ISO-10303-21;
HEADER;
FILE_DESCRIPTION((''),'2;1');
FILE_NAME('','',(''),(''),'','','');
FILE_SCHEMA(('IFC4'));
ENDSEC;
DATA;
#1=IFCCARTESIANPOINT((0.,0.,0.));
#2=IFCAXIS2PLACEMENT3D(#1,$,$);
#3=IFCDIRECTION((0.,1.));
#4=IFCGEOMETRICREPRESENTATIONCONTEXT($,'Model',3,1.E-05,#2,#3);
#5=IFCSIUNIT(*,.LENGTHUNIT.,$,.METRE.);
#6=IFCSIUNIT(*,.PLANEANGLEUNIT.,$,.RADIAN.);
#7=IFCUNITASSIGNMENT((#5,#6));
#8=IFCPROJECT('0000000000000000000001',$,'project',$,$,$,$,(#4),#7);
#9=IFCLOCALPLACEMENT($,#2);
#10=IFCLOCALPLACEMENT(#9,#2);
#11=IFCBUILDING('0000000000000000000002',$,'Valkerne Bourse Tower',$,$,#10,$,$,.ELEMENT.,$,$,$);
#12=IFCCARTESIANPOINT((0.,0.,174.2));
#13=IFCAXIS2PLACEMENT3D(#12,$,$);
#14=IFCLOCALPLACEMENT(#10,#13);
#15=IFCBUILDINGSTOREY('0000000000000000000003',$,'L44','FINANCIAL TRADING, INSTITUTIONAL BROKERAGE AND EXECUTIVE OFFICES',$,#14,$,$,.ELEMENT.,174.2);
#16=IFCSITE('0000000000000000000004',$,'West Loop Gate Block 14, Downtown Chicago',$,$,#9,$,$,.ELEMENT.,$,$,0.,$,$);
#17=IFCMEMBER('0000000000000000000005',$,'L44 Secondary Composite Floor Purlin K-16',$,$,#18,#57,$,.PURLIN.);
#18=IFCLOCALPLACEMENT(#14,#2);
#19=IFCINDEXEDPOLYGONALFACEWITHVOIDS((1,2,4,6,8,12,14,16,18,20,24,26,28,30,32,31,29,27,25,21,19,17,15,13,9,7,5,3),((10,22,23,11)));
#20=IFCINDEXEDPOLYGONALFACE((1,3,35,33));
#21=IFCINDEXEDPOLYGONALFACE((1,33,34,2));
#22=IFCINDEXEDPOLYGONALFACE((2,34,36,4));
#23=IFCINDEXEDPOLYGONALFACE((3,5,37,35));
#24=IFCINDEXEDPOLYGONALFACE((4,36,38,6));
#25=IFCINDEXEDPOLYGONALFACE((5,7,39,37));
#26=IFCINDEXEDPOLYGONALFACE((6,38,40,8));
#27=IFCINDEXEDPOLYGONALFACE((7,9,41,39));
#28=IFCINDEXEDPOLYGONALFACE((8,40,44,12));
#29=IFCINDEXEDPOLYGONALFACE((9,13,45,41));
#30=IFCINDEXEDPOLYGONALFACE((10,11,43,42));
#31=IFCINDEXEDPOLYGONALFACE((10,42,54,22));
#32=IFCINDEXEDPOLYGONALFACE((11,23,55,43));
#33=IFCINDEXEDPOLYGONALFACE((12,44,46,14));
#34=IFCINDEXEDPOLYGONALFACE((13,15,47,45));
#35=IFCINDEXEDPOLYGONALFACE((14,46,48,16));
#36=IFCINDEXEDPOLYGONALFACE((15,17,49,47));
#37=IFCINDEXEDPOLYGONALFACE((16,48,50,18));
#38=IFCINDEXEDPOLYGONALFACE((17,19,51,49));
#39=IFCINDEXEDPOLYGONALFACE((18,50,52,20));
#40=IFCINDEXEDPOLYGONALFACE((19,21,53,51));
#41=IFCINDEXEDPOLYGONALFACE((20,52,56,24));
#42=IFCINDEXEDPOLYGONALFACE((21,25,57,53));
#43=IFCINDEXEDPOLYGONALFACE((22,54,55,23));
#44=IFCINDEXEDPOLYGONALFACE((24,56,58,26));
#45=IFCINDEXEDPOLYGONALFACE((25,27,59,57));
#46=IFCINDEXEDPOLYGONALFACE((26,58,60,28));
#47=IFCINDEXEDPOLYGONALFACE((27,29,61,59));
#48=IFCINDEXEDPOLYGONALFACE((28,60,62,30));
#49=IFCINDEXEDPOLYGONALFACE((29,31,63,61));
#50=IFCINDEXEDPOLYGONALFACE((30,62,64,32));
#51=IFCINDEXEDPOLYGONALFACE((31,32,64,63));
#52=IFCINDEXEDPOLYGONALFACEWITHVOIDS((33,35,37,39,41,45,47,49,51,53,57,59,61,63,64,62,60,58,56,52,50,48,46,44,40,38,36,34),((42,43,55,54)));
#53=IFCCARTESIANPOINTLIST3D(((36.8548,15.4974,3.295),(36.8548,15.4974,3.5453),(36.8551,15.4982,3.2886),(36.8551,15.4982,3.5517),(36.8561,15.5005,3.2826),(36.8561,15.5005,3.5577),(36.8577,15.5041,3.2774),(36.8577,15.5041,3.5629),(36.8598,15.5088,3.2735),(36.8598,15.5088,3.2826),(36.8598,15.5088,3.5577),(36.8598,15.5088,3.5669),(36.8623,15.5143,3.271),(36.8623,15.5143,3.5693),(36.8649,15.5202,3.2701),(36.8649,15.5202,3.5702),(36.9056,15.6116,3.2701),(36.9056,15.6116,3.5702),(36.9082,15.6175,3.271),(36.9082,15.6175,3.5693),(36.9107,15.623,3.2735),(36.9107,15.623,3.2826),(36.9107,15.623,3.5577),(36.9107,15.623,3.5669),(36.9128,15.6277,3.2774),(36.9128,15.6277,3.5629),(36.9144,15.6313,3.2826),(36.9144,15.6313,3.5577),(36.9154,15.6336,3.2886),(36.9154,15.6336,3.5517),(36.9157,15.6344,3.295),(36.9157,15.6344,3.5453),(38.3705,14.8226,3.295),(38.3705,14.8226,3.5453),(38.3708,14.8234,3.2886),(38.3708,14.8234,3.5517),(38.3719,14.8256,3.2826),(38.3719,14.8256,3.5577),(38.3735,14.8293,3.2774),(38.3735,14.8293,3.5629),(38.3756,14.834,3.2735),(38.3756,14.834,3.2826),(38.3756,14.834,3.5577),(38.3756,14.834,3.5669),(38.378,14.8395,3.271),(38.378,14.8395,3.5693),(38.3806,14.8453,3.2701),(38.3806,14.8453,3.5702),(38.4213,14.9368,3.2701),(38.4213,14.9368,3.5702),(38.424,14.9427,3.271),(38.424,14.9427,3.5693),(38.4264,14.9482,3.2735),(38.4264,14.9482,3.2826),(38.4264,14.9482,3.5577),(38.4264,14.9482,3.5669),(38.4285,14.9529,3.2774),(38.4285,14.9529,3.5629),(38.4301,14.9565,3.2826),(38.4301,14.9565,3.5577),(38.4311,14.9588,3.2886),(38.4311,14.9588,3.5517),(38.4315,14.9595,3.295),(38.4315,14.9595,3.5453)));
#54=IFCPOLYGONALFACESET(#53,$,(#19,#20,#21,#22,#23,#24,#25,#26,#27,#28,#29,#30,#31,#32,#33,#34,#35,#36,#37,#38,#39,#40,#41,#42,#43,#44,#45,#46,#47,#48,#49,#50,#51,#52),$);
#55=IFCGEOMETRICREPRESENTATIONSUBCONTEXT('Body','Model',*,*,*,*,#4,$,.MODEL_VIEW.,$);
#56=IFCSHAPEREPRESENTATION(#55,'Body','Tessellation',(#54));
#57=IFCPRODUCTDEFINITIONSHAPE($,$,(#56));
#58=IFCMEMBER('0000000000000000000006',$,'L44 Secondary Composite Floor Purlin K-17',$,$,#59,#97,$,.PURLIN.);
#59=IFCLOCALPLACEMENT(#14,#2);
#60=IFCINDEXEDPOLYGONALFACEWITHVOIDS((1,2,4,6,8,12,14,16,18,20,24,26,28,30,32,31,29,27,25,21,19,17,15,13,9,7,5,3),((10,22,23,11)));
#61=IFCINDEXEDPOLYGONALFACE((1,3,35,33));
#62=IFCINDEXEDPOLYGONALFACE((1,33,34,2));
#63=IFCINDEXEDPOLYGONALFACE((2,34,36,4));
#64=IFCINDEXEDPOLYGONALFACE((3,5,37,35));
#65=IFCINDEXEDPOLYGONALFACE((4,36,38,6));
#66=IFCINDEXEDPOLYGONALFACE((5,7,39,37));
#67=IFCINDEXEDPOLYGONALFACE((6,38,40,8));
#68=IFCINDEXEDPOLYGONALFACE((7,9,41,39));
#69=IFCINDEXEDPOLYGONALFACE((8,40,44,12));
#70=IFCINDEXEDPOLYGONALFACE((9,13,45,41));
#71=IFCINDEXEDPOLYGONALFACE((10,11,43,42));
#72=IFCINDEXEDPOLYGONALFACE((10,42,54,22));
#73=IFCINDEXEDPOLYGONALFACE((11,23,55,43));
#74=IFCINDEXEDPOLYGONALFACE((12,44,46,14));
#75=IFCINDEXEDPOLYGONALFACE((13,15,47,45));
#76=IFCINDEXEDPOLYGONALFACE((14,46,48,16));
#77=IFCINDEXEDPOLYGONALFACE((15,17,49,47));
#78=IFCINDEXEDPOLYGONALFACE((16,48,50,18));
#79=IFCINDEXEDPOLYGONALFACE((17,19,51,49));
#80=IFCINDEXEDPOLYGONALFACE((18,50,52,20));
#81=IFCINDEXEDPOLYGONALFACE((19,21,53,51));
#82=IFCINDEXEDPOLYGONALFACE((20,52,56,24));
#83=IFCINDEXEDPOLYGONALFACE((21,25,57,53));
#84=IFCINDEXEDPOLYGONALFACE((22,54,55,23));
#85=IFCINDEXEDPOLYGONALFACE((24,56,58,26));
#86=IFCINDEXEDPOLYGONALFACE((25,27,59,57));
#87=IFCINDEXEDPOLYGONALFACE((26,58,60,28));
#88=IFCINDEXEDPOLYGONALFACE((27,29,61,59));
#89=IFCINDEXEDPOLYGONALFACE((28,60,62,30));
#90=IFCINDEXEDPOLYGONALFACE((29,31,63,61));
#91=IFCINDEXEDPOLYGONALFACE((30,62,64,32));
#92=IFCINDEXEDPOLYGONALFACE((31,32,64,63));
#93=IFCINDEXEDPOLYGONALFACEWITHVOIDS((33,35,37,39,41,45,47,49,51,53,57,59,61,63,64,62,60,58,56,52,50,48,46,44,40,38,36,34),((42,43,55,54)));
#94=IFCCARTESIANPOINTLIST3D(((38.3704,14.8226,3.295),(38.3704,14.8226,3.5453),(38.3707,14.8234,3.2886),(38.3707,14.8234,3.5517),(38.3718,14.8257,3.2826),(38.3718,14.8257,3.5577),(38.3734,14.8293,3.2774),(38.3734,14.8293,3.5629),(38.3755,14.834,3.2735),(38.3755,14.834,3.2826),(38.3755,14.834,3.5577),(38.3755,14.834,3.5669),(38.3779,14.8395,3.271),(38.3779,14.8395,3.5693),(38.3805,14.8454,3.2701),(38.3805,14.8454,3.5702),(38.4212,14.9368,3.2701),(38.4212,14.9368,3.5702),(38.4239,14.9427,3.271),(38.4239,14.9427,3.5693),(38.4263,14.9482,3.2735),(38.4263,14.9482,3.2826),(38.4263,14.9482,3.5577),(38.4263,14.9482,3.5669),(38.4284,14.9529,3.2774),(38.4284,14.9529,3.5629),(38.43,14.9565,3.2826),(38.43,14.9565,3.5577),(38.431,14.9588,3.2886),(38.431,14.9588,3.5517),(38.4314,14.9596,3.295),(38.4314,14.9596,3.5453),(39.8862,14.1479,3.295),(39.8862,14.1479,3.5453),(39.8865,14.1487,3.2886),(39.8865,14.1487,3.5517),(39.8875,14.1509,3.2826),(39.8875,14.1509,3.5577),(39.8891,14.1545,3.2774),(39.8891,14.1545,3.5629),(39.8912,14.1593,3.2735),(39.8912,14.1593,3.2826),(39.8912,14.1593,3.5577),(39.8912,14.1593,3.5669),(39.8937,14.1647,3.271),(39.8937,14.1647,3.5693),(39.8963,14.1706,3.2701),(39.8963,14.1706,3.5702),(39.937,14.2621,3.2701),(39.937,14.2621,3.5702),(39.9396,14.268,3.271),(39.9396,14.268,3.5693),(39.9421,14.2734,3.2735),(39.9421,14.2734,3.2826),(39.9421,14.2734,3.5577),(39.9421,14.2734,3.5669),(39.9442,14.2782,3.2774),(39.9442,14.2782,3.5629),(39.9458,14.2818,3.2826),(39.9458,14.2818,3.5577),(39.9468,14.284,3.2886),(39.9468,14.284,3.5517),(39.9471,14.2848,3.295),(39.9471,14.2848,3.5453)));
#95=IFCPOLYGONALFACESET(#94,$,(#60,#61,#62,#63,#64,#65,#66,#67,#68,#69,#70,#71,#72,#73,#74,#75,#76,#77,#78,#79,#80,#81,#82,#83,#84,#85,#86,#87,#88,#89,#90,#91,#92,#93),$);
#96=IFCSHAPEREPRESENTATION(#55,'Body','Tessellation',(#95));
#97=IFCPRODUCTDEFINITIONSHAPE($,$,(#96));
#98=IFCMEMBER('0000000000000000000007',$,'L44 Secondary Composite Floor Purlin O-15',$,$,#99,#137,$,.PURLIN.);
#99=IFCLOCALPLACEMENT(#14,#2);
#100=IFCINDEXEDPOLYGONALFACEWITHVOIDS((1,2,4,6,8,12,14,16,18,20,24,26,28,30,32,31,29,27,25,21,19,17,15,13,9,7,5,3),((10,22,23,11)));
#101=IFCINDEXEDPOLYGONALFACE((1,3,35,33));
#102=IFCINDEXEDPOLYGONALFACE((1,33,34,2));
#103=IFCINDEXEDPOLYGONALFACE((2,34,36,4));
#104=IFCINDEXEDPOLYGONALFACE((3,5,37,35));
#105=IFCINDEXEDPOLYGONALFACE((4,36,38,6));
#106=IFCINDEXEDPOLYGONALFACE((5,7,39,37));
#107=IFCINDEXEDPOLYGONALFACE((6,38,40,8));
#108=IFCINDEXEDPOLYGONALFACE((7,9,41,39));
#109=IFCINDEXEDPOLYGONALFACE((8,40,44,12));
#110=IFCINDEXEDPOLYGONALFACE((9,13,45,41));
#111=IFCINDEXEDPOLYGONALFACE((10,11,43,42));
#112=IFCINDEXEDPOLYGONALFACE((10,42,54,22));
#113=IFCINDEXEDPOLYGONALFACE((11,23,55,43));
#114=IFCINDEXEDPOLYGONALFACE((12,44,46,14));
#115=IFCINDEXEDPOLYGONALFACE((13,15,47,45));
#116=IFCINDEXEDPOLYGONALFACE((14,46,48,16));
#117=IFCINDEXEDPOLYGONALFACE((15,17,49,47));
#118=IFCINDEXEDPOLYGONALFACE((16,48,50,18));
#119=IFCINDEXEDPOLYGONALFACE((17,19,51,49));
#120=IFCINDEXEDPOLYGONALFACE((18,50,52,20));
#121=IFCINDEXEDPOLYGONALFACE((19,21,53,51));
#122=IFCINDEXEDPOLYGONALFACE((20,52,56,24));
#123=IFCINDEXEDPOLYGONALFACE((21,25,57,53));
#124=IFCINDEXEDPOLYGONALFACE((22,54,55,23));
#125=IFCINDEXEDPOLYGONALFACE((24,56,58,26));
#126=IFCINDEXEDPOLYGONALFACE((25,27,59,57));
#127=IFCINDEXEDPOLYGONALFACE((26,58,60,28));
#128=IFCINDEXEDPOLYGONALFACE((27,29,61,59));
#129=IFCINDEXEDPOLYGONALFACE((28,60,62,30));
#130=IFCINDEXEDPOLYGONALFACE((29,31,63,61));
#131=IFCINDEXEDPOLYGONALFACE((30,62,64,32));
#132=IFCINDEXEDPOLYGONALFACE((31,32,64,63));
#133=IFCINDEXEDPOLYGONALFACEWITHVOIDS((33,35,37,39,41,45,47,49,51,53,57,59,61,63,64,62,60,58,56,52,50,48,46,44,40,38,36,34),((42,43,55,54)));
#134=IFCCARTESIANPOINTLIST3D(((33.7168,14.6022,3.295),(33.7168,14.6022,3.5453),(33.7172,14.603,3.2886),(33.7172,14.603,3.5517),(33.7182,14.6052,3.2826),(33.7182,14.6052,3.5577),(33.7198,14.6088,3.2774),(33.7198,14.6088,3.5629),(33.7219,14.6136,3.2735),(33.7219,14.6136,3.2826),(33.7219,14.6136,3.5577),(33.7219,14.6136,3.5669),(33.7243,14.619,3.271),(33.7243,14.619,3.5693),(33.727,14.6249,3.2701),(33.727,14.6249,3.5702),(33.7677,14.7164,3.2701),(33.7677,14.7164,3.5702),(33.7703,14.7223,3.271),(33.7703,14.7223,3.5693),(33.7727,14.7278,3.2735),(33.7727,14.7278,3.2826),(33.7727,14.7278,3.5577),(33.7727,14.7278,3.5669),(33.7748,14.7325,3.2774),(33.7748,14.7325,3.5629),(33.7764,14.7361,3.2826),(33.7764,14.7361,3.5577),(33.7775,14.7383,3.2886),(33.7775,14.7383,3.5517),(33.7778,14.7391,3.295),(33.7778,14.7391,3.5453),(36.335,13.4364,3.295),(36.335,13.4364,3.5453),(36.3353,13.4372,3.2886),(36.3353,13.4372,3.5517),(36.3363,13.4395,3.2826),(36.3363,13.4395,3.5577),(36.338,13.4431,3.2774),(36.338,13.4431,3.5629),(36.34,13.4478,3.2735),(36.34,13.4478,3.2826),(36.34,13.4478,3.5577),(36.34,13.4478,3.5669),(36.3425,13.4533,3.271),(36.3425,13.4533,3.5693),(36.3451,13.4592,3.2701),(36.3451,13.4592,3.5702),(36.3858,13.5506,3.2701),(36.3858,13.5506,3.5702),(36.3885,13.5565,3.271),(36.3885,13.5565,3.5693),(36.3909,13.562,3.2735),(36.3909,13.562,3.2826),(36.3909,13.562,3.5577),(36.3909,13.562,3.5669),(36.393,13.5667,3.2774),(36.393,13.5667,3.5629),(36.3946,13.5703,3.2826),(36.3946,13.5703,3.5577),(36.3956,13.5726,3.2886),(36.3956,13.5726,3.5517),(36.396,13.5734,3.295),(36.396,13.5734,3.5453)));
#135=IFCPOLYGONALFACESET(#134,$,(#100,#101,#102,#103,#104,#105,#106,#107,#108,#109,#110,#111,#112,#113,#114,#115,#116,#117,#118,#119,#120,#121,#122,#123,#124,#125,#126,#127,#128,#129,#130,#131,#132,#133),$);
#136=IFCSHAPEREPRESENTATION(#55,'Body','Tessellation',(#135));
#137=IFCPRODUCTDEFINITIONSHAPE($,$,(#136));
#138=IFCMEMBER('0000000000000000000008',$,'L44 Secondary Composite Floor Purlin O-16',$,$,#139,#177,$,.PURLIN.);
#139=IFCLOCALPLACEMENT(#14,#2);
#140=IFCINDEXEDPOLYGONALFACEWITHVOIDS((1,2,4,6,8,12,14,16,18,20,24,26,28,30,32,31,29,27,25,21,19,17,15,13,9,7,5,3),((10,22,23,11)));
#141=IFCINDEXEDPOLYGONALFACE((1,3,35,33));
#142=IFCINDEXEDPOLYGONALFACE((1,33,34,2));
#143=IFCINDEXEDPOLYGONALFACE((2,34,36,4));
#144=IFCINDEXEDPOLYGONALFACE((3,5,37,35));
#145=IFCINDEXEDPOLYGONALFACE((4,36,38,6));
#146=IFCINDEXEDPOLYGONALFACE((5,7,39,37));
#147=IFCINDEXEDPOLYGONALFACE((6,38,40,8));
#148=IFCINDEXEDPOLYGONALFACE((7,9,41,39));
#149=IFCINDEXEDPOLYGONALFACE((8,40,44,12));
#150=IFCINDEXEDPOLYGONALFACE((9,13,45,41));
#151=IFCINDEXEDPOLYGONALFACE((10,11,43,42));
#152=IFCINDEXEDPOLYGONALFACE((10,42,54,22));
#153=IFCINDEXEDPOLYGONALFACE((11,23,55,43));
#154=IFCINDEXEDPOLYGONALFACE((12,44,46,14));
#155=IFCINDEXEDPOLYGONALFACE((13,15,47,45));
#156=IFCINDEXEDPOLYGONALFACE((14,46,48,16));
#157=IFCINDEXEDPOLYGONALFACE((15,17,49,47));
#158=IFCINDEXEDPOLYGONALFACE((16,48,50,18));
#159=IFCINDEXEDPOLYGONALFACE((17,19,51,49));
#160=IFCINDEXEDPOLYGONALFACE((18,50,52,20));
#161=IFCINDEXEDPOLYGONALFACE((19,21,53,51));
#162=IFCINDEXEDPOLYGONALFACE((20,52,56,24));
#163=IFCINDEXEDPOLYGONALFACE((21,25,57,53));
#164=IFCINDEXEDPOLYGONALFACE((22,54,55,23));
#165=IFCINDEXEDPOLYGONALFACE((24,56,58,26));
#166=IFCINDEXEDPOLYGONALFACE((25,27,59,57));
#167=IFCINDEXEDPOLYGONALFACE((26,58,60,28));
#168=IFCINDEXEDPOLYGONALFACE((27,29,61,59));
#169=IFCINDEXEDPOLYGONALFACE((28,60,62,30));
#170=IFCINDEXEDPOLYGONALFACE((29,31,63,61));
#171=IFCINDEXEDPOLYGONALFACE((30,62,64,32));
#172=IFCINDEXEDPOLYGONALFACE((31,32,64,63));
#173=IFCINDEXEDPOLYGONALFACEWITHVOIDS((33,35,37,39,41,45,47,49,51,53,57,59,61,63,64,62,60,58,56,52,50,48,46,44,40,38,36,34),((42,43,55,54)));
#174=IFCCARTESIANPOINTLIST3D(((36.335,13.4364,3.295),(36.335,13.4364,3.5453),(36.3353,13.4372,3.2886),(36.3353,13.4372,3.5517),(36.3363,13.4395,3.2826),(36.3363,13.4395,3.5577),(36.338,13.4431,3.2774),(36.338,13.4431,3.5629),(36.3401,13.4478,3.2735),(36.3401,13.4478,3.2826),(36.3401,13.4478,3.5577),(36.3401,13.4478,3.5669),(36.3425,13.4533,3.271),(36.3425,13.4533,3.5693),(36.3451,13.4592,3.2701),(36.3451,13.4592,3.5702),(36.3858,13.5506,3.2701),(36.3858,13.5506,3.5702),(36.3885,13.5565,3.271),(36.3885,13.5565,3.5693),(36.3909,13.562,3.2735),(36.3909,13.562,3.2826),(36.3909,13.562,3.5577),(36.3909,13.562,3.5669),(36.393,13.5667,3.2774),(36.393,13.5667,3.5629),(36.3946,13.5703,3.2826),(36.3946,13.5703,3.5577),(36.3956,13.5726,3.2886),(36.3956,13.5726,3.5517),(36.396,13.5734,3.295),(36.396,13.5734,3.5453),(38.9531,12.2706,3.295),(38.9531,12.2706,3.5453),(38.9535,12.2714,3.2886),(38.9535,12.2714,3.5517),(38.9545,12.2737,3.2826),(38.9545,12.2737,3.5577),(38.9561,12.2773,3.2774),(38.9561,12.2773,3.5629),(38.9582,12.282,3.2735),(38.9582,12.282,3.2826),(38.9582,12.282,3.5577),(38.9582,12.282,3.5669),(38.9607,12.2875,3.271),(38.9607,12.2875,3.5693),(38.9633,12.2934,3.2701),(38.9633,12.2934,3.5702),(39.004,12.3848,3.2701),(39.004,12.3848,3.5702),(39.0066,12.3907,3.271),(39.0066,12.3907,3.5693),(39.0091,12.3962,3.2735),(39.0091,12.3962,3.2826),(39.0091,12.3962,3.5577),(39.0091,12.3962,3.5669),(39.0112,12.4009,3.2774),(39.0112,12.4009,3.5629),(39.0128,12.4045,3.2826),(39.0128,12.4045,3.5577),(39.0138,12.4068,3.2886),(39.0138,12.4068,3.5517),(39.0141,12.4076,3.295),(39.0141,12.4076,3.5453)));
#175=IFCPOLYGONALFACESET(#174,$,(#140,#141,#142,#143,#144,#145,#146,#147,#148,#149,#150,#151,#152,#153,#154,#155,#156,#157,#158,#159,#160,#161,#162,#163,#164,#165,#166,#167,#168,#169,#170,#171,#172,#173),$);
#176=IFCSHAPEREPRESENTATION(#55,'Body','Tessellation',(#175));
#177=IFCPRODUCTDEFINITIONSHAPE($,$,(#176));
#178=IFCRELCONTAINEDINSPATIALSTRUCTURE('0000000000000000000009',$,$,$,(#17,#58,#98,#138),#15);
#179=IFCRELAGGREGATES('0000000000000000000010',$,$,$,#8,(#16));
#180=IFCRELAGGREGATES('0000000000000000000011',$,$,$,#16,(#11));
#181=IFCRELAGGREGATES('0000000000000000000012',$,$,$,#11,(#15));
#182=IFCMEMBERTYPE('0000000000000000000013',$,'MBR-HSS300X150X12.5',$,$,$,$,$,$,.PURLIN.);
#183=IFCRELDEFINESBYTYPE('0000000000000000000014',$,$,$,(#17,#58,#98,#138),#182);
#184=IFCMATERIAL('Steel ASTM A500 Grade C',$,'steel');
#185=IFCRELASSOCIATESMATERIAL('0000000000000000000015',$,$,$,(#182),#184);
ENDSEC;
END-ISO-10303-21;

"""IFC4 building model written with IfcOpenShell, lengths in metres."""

from ifc_helpers import new_model, si_unit, direction, frame, origin, origin_2d, place, context, subcontext, project, spatial, hollow_rectangle, extrude, material, material_profile, profile_set, type_object, element, save


model = new_model("IFC4")

# Units and contexts
model_context = context("Model", 3, precision=1e-05, world=origin(), true_north=direction((0.0, 1.0)))
body_context = subcontext(model_context, "Body", "Model", "MODEL_VIEW")
ifc_project = project(units=[si_unit("LENGTHUNIT", "METRE"), si_unit("PLANEANGLEUNIT", "RADIAN")], contexts=[model_context])

# Site, building, storey
site_placement = place(None, origin())
site = spatial("IfcSite", under=ifc_project, at=site_placement, Name="West Loop Gate Block 14, Downtown Chicago", CompositionType="ELEMENT", RefElevation=0.0)
building_placement = place(site_placement, origin())
building = spatial("IfcBuilding", under=site, at=building_placement, Name="Valkerne Bourse Tower", CompositionType="ELEMENT")
storey_placement = place(building_placement, frame((0.0, 0.0, 174.2)))
storey = spatial("IfcBuildingStorey", under=building, at=storey_placement, Name="L44", Description="FINANCIAL TRADING, INSTITUTIONAL BROKERAGE AND EXECUTIVE OFFICES", CompositionType="ELEMENT", Elevation=174.2)

# Members
ifc_material_1 = material(Name="Steel ASTM A500 Grade C", Category="steel")
ifc_material_profile_1 = material_profile(ifc_material_1, hollow_rectangle(XDim=0.1499, YDim=0.3, WallThickness=0.0125, OuterFilletRadius=0.0249, at=origin_2d()), Name="HSS300X150X12.5")
ifc_profile_set_1 = profile_set([ifc_material_profile_1], Name="Steel ASTM A500 Grade C")
member_type_1 = type_object("IfcMemberType", Name="MBR-HSS300X150X12.5", PredefinedType="PURLIN", material=ifc_profile_set_1)
for number, where, z_axis, x_axis, name in (
    (1, (36.8853, 15.5659, 3.4202), (0.913544, -0.406739, 0.0), (0.406739, 0.913544, 0.0), "L44 Secondary Composite Floor Purlin K-16"),
    (2, (38.4009, 14.8911, 3.4202), (0.913569, -0.406684, 0.0), (0.406684, 0.913569, 0.0), "L44 Secondary Composite Floor Purlin K-17"),
):
    element("IfcMember", number, at=place(storey_placement, frame(where, z_axis=z_axis, x_axis=x_axis)), inside=storey, type_object=member_type_1, Name=name, PredefinedType="PURLIN", context=body_context, shape_type="SweptSolid", body=[
        extrude(hollow_rectangle(XDim=0.1499, YDim=0.3, WallThickness=0.0125, OuterFilletRadius=0.0249, at=origin_2d()), origin(), (0.0, 0.0, 1.0), 1.6592),
    ])
for number, where, z_axis, x_axis, name in (
    (3, (33.7473, 14.6707, 3.4202), (0.913534, -0.406763, 0.0), (0.406763, 0.913534, 0.0), "L44 Secondary Composite Floor Purlin O-15"),
    (4, (36.3655, 13.5049, 3.4202), (0.913534, -0.406763, 0.0), (0.406763, 0.913534, 0.0), "L44 Secondary Composite Floor Purlin O-16"),
):
    element("IfcMember", number, at=place(storey_placement, frame(where, z_axis=z_axis, x_axis=x_axis)), inside=storey, type_object=member_type_1, Name=name, PredefinedType="PURLIN", context=body_context, shape_type="SweptSolid", body=[
        extrude(hollow_rectangle(XDim=0.1499, YDim=0.3, WallThickness=0.0125, OuterFilletRadius=0.0249, at=origin_2d()), origin(), (0.0, 0.0, 1.0), 2.866),
    ])

save(model, "model.ifc")
